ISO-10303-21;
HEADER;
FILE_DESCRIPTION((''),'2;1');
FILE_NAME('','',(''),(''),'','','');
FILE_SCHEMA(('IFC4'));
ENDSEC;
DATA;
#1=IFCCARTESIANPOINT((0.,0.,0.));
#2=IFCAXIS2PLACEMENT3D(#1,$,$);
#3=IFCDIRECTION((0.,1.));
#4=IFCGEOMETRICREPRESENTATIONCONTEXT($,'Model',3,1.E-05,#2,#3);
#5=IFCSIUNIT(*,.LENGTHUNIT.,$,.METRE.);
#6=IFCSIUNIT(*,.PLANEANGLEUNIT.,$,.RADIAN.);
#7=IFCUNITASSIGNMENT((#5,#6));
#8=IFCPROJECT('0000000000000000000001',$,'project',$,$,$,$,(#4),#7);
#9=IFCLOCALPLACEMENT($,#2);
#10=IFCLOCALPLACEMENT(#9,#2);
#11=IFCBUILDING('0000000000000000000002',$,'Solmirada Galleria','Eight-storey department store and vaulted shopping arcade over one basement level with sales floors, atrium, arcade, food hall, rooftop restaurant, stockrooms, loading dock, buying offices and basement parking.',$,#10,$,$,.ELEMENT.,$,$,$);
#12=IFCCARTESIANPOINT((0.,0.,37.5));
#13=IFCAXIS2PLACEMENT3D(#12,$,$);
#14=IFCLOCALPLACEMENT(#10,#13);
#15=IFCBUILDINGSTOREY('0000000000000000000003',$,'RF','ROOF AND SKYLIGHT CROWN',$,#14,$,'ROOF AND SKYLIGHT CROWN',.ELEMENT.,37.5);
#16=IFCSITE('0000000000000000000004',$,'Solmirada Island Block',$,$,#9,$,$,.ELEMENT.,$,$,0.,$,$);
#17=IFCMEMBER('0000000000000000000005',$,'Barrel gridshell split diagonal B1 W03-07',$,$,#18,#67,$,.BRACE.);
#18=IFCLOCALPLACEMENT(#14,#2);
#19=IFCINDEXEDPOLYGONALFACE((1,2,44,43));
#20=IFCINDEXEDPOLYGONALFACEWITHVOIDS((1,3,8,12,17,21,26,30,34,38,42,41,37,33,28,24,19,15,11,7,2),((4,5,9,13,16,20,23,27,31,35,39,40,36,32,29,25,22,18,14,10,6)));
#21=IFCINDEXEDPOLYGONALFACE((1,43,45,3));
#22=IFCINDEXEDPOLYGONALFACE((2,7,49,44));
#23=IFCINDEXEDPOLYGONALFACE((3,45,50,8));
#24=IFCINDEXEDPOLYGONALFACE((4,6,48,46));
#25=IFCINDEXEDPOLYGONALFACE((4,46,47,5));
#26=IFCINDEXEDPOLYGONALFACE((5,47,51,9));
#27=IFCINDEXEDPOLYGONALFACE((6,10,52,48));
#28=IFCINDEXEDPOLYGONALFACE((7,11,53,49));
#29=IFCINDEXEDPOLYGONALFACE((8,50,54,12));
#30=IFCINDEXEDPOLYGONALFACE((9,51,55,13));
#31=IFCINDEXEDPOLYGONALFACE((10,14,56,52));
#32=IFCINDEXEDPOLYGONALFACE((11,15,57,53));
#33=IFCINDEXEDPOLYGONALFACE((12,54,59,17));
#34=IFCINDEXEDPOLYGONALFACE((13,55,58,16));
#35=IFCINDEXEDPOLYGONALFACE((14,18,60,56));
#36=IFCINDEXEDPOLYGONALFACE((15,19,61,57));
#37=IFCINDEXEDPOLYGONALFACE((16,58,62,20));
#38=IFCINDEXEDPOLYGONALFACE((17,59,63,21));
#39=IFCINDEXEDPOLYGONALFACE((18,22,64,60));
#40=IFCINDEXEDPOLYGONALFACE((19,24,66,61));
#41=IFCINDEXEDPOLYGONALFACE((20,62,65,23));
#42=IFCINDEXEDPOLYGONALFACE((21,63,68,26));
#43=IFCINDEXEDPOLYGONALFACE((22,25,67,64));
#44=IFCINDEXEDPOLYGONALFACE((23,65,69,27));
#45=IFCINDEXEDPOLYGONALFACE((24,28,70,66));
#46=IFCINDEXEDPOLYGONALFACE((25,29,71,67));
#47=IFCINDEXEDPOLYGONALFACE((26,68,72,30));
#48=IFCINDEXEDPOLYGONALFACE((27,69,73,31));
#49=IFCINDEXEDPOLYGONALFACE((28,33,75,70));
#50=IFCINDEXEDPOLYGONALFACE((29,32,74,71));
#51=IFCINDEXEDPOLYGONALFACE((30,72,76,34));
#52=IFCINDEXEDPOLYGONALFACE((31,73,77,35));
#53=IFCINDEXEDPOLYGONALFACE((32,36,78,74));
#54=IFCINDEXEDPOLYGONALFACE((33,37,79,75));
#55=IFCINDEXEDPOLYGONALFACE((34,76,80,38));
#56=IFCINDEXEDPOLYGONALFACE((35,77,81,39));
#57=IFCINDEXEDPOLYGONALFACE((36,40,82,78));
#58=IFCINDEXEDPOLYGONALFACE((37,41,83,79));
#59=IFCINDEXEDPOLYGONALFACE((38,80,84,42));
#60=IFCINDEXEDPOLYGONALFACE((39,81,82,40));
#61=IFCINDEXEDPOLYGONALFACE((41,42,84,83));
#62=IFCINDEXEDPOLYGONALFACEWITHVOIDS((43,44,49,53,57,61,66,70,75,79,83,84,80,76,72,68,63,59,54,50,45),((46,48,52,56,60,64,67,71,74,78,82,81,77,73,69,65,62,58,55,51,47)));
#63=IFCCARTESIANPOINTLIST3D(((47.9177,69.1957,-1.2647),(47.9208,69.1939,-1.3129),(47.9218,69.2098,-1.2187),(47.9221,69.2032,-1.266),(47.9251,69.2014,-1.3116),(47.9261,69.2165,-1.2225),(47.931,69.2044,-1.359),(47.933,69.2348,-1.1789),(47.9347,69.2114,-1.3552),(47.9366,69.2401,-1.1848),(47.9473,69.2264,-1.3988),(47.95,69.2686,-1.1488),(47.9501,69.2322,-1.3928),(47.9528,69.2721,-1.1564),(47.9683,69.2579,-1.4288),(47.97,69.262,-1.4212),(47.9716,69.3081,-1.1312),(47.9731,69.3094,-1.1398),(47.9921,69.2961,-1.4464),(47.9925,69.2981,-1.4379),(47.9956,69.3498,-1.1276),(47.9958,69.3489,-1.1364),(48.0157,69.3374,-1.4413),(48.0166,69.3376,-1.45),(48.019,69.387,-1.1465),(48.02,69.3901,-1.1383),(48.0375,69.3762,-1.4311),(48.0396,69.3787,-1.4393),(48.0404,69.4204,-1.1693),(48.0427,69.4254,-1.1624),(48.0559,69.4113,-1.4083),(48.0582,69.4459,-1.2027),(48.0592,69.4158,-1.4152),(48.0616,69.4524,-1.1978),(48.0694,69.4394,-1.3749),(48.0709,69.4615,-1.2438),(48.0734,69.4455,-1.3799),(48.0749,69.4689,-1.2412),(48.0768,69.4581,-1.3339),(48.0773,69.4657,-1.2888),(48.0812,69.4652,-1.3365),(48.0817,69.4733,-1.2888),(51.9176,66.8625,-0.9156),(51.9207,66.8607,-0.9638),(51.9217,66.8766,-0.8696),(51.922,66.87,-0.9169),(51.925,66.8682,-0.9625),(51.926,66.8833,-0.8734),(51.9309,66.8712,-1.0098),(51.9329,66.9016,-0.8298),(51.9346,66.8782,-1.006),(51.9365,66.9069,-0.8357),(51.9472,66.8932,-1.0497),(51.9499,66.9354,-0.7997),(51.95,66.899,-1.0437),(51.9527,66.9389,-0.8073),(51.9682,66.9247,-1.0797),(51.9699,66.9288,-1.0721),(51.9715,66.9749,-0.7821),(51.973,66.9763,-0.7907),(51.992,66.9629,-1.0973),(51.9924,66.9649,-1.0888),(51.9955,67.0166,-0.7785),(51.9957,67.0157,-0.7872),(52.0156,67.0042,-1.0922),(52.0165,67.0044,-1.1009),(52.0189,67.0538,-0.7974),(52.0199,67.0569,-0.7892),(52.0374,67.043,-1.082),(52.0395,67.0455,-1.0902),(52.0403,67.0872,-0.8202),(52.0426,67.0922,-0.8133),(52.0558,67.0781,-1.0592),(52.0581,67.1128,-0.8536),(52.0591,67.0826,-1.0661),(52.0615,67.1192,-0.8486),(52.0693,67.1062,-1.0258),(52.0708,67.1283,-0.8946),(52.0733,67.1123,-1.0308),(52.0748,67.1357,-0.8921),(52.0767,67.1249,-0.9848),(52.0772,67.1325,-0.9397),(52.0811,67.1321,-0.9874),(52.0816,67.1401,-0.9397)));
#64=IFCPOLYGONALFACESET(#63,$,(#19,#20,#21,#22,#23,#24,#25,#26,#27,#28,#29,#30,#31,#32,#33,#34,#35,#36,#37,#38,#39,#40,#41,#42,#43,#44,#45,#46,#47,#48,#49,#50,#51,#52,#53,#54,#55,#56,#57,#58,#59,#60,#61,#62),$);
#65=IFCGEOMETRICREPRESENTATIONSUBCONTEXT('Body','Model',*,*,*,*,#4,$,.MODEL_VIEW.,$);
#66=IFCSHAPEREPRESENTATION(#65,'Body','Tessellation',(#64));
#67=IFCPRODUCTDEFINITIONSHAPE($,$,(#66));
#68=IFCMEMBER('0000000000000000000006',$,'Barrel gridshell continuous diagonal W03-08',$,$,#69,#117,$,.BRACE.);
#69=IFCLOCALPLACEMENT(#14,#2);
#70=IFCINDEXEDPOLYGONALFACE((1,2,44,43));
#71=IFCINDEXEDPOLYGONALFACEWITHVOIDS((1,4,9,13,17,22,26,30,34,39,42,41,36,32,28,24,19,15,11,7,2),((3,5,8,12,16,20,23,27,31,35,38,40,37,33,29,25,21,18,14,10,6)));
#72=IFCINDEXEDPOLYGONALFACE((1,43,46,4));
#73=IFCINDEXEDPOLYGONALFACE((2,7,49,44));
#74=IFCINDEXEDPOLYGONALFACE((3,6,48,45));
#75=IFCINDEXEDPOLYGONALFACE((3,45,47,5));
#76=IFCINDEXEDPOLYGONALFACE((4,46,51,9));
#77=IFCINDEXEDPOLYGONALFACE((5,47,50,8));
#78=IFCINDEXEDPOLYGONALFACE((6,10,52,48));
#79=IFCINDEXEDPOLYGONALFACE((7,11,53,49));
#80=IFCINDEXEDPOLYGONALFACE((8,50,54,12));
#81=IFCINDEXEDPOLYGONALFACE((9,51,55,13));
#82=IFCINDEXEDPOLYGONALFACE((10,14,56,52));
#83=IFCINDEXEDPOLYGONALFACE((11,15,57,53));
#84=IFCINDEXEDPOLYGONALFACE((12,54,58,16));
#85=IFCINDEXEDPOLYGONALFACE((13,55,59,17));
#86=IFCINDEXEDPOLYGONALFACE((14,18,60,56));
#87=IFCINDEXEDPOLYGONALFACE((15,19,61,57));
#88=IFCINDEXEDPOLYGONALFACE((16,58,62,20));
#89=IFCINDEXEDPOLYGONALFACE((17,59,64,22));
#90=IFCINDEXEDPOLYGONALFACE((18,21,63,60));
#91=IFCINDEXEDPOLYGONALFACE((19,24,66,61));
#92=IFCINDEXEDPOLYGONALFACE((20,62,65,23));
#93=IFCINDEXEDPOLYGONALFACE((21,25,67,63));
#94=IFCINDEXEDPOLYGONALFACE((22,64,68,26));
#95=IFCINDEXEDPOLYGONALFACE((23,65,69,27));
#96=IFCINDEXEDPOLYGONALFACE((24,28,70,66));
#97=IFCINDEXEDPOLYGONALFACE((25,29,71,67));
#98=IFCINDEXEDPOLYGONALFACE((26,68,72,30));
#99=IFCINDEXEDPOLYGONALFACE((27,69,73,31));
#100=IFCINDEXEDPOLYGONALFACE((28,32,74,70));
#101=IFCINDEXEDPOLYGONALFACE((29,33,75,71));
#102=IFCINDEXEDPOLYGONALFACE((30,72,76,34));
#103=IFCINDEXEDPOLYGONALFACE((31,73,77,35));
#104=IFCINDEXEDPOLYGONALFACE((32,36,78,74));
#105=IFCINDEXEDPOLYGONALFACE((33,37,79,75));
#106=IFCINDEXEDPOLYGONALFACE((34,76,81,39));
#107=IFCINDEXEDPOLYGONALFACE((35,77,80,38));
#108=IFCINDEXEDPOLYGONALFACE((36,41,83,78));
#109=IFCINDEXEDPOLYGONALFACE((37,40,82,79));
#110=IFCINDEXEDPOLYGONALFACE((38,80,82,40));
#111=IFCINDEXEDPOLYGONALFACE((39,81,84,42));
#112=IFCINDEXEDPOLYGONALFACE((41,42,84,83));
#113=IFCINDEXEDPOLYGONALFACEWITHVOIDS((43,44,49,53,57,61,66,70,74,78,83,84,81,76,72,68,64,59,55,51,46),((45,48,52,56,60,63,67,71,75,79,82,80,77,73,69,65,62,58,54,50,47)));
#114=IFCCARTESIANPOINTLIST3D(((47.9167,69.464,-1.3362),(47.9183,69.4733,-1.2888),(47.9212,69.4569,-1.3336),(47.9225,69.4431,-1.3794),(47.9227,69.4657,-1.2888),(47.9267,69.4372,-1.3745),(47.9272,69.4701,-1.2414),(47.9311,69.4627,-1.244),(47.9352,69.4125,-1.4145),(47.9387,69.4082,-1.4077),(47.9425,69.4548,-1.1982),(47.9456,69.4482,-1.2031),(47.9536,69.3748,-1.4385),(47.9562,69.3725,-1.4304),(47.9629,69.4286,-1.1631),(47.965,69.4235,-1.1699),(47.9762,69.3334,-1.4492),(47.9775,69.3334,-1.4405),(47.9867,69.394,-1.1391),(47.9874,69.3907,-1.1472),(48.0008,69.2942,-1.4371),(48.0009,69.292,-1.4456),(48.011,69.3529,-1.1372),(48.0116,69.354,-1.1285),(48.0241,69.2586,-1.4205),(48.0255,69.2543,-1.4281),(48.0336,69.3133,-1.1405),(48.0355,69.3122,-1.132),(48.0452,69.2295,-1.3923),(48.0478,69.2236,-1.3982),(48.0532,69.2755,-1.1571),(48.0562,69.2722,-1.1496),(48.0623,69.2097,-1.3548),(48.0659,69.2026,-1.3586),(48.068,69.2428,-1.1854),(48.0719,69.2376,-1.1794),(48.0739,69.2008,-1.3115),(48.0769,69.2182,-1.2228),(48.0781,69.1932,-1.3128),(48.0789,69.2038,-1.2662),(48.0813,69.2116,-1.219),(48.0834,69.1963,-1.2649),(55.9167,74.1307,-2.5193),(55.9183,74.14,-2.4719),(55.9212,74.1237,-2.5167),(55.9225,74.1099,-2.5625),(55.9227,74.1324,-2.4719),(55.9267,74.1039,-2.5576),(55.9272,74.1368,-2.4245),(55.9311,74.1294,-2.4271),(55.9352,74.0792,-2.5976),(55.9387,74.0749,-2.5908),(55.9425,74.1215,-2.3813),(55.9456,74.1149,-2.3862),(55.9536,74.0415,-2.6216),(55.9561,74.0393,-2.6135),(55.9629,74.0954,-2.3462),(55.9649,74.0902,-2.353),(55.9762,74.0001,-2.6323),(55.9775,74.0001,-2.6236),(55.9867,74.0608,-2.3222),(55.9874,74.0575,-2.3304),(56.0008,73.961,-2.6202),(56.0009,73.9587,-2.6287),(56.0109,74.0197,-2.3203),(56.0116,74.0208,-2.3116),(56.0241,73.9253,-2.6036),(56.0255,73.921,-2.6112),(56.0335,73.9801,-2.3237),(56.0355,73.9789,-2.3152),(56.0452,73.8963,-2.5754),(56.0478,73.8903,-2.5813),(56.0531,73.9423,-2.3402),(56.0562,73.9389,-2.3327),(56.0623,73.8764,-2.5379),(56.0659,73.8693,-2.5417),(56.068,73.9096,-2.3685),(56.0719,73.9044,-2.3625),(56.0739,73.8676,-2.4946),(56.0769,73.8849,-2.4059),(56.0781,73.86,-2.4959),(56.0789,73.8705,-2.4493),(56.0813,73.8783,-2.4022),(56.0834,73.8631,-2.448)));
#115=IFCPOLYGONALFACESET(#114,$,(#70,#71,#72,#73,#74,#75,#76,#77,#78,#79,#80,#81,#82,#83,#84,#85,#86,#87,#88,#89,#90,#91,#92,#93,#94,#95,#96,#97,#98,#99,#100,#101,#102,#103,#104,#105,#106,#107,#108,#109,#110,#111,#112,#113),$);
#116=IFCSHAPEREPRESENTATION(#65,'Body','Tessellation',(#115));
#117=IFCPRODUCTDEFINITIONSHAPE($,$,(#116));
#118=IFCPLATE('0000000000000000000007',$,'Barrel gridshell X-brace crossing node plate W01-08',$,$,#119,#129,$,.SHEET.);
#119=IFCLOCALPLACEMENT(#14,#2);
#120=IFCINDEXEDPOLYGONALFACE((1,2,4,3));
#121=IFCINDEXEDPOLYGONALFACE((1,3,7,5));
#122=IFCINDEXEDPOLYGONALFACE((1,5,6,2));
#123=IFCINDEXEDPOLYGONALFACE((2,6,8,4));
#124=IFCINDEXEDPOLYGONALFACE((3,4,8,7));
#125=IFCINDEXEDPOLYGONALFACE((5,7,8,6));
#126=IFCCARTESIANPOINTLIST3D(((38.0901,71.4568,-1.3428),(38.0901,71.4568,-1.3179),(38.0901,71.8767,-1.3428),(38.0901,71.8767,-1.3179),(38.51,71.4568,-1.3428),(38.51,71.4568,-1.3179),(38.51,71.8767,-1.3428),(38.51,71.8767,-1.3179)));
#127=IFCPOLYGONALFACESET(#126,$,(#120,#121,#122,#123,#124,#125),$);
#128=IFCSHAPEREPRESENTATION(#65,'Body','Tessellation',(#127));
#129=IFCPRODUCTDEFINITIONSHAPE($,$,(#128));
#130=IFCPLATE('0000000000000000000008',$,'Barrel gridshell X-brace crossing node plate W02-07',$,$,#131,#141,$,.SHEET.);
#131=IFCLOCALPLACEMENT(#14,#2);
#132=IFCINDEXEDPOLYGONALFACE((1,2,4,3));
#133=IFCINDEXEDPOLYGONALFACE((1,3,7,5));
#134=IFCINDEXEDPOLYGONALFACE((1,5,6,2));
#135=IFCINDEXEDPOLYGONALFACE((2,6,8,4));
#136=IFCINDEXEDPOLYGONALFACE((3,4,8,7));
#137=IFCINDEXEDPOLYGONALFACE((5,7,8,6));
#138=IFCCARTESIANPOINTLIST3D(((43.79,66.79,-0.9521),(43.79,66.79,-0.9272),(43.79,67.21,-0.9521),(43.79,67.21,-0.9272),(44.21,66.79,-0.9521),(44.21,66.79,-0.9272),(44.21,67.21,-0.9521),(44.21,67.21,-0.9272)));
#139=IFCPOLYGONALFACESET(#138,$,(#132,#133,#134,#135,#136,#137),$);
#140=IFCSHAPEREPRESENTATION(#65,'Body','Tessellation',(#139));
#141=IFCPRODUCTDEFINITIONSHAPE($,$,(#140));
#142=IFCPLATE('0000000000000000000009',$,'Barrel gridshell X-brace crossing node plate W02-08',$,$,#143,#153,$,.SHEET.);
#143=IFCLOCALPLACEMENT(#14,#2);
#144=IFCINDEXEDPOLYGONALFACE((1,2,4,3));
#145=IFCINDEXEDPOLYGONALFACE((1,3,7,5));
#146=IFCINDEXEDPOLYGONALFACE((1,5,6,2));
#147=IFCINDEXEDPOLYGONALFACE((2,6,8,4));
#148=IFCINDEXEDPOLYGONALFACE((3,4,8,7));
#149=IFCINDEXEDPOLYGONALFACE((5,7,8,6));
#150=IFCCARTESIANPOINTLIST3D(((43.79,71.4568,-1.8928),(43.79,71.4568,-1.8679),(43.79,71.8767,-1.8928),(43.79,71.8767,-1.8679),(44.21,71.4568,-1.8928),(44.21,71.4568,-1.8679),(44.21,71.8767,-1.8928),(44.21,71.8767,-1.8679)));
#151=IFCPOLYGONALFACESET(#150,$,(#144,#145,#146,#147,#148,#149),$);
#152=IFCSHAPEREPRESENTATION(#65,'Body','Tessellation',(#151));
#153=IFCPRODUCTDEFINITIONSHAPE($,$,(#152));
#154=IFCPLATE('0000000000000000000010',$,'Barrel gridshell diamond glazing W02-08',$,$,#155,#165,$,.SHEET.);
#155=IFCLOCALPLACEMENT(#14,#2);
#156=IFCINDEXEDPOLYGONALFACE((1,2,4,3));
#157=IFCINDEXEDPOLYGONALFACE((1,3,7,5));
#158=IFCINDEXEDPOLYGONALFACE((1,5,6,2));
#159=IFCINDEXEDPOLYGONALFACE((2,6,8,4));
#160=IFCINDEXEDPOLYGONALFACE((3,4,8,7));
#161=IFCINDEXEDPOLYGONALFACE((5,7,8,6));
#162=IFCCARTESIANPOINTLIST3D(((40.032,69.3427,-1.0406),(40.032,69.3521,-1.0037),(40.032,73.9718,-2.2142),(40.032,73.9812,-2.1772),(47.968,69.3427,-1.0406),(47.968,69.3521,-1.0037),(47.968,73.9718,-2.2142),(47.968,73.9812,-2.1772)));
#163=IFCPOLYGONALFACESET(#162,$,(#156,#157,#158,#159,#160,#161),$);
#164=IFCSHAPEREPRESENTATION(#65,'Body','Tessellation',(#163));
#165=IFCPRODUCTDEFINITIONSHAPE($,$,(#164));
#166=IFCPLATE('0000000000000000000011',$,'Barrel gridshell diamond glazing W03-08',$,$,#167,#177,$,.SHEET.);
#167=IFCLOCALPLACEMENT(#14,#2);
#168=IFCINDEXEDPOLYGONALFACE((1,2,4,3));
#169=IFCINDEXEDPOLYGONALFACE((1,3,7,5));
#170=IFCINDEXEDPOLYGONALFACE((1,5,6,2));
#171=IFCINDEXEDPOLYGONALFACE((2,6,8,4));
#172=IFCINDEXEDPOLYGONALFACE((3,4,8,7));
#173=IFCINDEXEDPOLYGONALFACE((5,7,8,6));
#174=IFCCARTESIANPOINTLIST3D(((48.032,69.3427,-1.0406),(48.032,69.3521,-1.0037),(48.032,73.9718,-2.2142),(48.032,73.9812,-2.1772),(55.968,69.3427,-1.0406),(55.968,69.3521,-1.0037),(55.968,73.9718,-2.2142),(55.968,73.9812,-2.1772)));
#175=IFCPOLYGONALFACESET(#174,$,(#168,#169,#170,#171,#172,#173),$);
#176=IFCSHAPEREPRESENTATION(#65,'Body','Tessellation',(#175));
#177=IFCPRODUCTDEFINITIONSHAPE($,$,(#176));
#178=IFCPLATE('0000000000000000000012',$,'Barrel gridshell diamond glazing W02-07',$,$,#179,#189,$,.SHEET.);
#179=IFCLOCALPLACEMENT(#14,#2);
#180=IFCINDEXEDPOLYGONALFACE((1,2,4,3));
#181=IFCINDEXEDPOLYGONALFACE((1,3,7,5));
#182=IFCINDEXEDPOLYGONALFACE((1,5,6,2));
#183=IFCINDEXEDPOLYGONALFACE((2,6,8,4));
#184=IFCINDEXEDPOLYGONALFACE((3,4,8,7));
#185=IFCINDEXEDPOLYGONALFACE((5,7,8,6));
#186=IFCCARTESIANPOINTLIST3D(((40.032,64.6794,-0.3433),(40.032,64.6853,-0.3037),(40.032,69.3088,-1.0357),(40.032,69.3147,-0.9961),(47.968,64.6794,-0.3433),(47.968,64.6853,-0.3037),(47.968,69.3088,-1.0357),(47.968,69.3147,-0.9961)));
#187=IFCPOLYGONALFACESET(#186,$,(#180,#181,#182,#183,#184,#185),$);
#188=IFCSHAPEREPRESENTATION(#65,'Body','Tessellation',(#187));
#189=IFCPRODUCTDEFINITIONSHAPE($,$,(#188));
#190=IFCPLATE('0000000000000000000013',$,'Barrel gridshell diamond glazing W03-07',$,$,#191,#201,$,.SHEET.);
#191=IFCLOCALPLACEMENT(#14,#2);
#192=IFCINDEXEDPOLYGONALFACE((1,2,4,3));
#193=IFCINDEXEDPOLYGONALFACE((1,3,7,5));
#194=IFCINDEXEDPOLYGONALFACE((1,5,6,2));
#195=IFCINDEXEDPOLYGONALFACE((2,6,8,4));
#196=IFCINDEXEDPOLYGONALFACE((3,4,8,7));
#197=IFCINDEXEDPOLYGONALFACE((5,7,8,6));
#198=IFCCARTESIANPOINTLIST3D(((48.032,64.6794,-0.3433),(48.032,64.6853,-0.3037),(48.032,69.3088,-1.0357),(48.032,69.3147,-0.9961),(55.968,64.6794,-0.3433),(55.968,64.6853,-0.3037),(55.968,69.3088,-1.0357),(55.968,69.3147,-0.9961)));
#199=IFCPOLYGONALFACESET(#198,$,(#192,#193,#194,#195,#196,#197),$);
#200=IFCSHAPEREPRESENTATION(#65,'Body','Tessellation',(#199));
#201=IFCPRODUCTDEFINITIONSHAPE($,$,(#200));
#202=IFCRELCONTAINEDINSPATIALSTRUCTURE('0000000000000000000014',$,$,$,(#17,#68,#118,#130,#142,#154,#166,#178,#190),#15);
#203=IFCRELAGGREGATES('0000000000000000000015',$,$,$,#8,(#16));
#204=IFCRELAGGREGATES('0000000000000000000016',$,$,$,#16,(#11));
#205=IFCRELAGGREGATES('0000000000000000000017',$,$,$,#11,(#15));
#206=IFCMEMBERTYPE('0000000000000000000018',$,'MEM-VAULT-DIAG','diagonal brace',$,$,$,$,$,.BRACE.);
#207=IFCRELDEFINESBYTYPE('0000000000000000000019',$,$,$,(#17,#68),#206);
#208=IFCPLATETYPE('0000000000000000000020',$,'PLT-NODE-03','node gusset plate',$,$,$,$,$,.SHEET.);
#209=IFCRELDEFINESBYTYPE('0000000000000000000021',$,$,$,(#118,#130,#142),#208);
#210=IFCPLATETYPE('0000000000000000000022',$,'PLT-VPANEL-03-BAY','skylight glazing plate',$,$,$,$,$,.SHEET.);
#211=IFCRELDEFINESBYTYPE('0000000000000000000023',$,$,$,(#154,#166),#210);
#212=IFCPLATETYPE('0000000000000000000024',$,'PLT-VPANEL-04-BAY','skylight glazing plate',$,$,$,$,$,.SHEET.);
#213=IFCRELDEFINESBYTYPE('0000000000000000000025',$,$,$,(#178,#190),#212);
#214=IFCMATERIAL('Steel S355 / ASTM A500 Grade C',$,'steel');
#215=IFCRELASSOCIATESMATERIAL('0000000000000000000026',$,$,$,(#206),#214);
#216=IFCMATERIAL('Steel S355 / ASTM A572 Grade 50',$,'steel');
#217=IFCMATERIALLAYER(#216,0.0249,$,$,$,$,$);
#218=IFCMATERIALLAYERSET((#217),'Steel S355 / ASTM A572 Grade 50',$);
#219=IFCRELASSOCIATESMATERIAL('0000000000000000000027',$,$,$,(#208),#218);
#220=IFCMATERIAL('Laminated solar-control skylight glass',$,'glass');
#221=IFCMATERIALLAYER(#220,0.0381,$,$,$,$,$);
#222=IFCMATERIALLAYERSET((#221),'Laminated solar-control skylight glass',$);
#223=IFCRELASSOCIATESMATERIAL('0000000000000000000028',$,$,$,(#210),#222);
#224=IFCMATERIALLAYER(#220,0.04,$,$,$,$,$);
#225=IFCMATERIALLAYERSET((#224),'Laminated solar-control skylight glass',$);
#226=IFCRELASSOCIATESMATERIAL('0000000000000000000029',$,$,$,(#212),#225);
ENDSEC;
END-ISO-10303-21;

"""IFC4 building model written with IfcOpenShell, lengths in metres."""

from ifc_helpers import new_model, si_unit, direction, frame, origin, origin_2d, place, context, subcontext, project, spatial, polyline, rectangle, hollow_circle, outline, extrude, material, layer, layer_set, material_profile, profile_set, type_object, element, save


model = new_model("IFC4")

# Units and contexts
model_context = context("Model", 3, precision=1e-05, world=origin(), true_north=direction((0.0, 1.0)))
body_context = subcontext(model_context, "Body", "Model", "MODEL_VIEW")
ifc_project = project(units=[si_unit("LENGTHUNIT", "METRE"), si_unit("PLANEANGLEUNIT", "RADIAN")], contexts=[model_context])

# Site, building, storey
site_placement = place(None, origin())
site = spatial("IfcSite", under=ifc_project, at=site_placement, Name="Solmirada Island Block", CompositionType="ELEMENT", RefElevation=0.0)
building_placement = place(site_placement, origin())
building = spatial("IfcBuilding", under=site, at=building_placement, Name="Solmirada Galleria", Description="Eight-storey department store and vaulted shopping arcade over one basement level with sales floors, atrium, arcade, food hall, rooftop restaurant, stockrooms, loading dock, buying offices and basement parking.", CompositionType="ELEMENT")
storey_placement = place(building_placement, frame((0.0, 0.0, 37.5)))
storey = spatial("IfcBuildingStorey", under=building, at=storey_placement, Name="RF", Description="ROOF AND SKYLIGHT CROWN", LongName="ROOF AND SKYLIGHT CROWN", CompositionType="ELEMENT", Elevation=37.5)

# Members
ifc_material_1 = material(Name="Steel S355 / ASTM A500 Grade C", Category="steel")
ifc_material_profile_1 = material_profile(ifc_material_1, hollow_circle(Radius=0.1621, WallThickness=0.0088, at=origin_2d()), Name="HSS12.750X0.375")
ifc_profile_set_1 = profile_set([ifc_material_profile_1], Name="Steel S355 / ASTM A500 Grade C")
member_type_1 = type_object("IfcMemberType", Name="MEM-VAULT-DIAG", Description="diagonal brace", PredefinedType="BRACE", material=ifc_profile_set_1)
member_1_placement = place(storey_placement, frame((48.0, 69.3333, -1.2888), z_axis=(0.861342, -0.502432, 0.075178), x_axis=(0.503858, 0.863787, 0.0)))
element("IfcMember", 1, at=member_1_placement, inside=storey, type_object=member_type_1, Name="Barrel gridshell split diagonal B1 W03-07", PredefinedType="BRACE", context=body_context, shape_type="SweptSolid", body=[
    extrude(hollow_circle(Radius=0.1621, WallThickness=0.0088, at=origin_2d()), origin(), (0.0, 0.0, 1.0), 4.6438),
])
member_2_placement = place(storey_placement, frame((48.0, 69.3333, -1.2888), z_axis=(0.856813, 0.499816, -0.126712), x_axis=(-0.503878, 0.863775, 0.0)))
element("IfcMember", 2, at=member_2_placement, inside=storey, type_object=member_type_1, Name="Barrel gridshell continuous diagonal W03-08", PredefinedType="BRACE", context=body_context, shape_type="SweptSolid", body=[
    extrude(hollow_circle(Radius=0.1621, WallThickness=0.0088, at=origin_2d()), origin(), (0.0, 0.0, 1.0), 9.3369),
])

# Plates
ifc_material_2 = material(Name="Steel S355 / ASTM A572 Grade 50", Category="steel")
ifc_layer_1 = layer(ifc_material_2, 0.0249)
ifc_layer_set_1 = layer_set([ifc_layer_1], Name="Steel S355 / ASTM A572 Grade 50")
plate_type_1 = type_object("IfcPlateType", Name="PLT-NODE-03", Description="node gusset plate", PredefinedType="SHEET", material=ifc_layer_set_1)
for number, where, z_axis, x_axis, name in (
    (3, (38.3, 71.6667, -1.3428), (0.0, 0.0, 1.0), (1.0, 0.0, 0.0), "Barrel gridshell X-brace crossing node plate W01-08"),
    (4, (44.0, 67.0, -0.9521), (0.0, 0.0, 1.0), (1.0, 0.0, 0.0), "Barrel gridshell X-brace crossing node plate W02-07"),
    (5, (44.0, 71.6667, -1.8928), (0.0, 0.0, 1.0), (1.0, 0.0, 0.0), "Barrel gridshell X-brace crossing node plate W02-08"),
):
    element("IfcPlate", number, at=place(storey_placement, frame(where, z_axis=z_axis, x_axis=x_axis)), inside=storey, type_object=plate_type_1, Name=name, PredefinedType="SHEET", context=body_context, shape_type="SweptSolid", body=[
        extrude(rectangle(XDim=0.4199, YDim=0.4199, at=origin_2d()), origin(), (0.0, 0.0, 1.0), 0.0249),
    ])
ifc_material_3 = material(Name="Laminated solar-control skylight glass", Category="glass")
ifc_layer_2 = layer(ifc_material_3, 0.0381)
ifc_layer_set_2 = layer_set([ifc_layer_2], Name="Laminated solar-control skylight glass")
plate_type_2 = type_object("IfcPlateType", Name="PLT-VPANEL-03-BAY", Description="skylight glazing plate", PredefinedType="SHEET", material=ifc_layer_set_2)
for number, where, z_axis, x_axis, name in (
    (6, (40.032, 69.3521, -1.0037), (0.0, 0.245746, 0.969334), (1.0, 0.0, 0.0), "Barrel gridshell diamond glazing W02-08"),
    (7, (48.032, 69.3521, -1.0037), (0.0, 0.245746, 0.969334), (1.0, 0.0, 0.0), "Barrel gridshell diamond glazing W03-08"),
):
    element("IfcPlate", number, at=place(storey_placement, frame(where, z_axis=z_axis, x_axis=x_axis)), inside=storey, type_object=plate_type_2, Name=name, PredefinedType="SHEET", context=body_context, shape_type="SweptSolid", body=[
        extrude(outline(polyline([(0.0, 0.0), (7.936, 0.0), (7.936, 4.7756), (0.0, 4.7756), (0.0, 0.0)])), origin(), (0.0, 0.0, -1.0), 0.0381),
    ])
ifc_layer_3 = layer(ifc_material_3, 0.04)
ifc_layer_set_3 = layer_set([ifc_layer_3], Name="Laminated solar-control skylight glass")
plate_type_3 = type_object("IfcPlateType", Name="PLT-VPANEL-04-BAY", Description="skylight glazing plate", PredefinedType="SHEET", material=ifc_layer_set_3)
for number, where, z_axis, x_axis, name in (
    (8, (40.032, 64.6853, -0.3037), (0.0, 0.147917, 0.989), (1.0, 0.0, 0.0), "Barrel gridshell diamond glazing W02-07"),
    (9, (48.032, 64.6853, -0.3037), (0.0, 0.147917, 0.989), (1.0, 0.0, 0.0), "Barrel gridshell diamond glazing W03-07"),
):
    element("IfcPlate", number, at=place(storey_placement, frame(where, z_axis=z_axis, x_axis=x_axis)), inside=storey, type_object=plate_type_3, Name=name, PredefinedType="SHEET", context=body_context, shape_type="SweptSolid", body=[
        extrude(outline(polyline([(0.0, 0.0), (7.936, 0.0), (7.936, 4.6809), (0.0, 4.6809), (0.0, 0.0)])), origin(), (0.0, 0.0, -1.0), 0.04),
    ])

save(model, "model.ifc")
